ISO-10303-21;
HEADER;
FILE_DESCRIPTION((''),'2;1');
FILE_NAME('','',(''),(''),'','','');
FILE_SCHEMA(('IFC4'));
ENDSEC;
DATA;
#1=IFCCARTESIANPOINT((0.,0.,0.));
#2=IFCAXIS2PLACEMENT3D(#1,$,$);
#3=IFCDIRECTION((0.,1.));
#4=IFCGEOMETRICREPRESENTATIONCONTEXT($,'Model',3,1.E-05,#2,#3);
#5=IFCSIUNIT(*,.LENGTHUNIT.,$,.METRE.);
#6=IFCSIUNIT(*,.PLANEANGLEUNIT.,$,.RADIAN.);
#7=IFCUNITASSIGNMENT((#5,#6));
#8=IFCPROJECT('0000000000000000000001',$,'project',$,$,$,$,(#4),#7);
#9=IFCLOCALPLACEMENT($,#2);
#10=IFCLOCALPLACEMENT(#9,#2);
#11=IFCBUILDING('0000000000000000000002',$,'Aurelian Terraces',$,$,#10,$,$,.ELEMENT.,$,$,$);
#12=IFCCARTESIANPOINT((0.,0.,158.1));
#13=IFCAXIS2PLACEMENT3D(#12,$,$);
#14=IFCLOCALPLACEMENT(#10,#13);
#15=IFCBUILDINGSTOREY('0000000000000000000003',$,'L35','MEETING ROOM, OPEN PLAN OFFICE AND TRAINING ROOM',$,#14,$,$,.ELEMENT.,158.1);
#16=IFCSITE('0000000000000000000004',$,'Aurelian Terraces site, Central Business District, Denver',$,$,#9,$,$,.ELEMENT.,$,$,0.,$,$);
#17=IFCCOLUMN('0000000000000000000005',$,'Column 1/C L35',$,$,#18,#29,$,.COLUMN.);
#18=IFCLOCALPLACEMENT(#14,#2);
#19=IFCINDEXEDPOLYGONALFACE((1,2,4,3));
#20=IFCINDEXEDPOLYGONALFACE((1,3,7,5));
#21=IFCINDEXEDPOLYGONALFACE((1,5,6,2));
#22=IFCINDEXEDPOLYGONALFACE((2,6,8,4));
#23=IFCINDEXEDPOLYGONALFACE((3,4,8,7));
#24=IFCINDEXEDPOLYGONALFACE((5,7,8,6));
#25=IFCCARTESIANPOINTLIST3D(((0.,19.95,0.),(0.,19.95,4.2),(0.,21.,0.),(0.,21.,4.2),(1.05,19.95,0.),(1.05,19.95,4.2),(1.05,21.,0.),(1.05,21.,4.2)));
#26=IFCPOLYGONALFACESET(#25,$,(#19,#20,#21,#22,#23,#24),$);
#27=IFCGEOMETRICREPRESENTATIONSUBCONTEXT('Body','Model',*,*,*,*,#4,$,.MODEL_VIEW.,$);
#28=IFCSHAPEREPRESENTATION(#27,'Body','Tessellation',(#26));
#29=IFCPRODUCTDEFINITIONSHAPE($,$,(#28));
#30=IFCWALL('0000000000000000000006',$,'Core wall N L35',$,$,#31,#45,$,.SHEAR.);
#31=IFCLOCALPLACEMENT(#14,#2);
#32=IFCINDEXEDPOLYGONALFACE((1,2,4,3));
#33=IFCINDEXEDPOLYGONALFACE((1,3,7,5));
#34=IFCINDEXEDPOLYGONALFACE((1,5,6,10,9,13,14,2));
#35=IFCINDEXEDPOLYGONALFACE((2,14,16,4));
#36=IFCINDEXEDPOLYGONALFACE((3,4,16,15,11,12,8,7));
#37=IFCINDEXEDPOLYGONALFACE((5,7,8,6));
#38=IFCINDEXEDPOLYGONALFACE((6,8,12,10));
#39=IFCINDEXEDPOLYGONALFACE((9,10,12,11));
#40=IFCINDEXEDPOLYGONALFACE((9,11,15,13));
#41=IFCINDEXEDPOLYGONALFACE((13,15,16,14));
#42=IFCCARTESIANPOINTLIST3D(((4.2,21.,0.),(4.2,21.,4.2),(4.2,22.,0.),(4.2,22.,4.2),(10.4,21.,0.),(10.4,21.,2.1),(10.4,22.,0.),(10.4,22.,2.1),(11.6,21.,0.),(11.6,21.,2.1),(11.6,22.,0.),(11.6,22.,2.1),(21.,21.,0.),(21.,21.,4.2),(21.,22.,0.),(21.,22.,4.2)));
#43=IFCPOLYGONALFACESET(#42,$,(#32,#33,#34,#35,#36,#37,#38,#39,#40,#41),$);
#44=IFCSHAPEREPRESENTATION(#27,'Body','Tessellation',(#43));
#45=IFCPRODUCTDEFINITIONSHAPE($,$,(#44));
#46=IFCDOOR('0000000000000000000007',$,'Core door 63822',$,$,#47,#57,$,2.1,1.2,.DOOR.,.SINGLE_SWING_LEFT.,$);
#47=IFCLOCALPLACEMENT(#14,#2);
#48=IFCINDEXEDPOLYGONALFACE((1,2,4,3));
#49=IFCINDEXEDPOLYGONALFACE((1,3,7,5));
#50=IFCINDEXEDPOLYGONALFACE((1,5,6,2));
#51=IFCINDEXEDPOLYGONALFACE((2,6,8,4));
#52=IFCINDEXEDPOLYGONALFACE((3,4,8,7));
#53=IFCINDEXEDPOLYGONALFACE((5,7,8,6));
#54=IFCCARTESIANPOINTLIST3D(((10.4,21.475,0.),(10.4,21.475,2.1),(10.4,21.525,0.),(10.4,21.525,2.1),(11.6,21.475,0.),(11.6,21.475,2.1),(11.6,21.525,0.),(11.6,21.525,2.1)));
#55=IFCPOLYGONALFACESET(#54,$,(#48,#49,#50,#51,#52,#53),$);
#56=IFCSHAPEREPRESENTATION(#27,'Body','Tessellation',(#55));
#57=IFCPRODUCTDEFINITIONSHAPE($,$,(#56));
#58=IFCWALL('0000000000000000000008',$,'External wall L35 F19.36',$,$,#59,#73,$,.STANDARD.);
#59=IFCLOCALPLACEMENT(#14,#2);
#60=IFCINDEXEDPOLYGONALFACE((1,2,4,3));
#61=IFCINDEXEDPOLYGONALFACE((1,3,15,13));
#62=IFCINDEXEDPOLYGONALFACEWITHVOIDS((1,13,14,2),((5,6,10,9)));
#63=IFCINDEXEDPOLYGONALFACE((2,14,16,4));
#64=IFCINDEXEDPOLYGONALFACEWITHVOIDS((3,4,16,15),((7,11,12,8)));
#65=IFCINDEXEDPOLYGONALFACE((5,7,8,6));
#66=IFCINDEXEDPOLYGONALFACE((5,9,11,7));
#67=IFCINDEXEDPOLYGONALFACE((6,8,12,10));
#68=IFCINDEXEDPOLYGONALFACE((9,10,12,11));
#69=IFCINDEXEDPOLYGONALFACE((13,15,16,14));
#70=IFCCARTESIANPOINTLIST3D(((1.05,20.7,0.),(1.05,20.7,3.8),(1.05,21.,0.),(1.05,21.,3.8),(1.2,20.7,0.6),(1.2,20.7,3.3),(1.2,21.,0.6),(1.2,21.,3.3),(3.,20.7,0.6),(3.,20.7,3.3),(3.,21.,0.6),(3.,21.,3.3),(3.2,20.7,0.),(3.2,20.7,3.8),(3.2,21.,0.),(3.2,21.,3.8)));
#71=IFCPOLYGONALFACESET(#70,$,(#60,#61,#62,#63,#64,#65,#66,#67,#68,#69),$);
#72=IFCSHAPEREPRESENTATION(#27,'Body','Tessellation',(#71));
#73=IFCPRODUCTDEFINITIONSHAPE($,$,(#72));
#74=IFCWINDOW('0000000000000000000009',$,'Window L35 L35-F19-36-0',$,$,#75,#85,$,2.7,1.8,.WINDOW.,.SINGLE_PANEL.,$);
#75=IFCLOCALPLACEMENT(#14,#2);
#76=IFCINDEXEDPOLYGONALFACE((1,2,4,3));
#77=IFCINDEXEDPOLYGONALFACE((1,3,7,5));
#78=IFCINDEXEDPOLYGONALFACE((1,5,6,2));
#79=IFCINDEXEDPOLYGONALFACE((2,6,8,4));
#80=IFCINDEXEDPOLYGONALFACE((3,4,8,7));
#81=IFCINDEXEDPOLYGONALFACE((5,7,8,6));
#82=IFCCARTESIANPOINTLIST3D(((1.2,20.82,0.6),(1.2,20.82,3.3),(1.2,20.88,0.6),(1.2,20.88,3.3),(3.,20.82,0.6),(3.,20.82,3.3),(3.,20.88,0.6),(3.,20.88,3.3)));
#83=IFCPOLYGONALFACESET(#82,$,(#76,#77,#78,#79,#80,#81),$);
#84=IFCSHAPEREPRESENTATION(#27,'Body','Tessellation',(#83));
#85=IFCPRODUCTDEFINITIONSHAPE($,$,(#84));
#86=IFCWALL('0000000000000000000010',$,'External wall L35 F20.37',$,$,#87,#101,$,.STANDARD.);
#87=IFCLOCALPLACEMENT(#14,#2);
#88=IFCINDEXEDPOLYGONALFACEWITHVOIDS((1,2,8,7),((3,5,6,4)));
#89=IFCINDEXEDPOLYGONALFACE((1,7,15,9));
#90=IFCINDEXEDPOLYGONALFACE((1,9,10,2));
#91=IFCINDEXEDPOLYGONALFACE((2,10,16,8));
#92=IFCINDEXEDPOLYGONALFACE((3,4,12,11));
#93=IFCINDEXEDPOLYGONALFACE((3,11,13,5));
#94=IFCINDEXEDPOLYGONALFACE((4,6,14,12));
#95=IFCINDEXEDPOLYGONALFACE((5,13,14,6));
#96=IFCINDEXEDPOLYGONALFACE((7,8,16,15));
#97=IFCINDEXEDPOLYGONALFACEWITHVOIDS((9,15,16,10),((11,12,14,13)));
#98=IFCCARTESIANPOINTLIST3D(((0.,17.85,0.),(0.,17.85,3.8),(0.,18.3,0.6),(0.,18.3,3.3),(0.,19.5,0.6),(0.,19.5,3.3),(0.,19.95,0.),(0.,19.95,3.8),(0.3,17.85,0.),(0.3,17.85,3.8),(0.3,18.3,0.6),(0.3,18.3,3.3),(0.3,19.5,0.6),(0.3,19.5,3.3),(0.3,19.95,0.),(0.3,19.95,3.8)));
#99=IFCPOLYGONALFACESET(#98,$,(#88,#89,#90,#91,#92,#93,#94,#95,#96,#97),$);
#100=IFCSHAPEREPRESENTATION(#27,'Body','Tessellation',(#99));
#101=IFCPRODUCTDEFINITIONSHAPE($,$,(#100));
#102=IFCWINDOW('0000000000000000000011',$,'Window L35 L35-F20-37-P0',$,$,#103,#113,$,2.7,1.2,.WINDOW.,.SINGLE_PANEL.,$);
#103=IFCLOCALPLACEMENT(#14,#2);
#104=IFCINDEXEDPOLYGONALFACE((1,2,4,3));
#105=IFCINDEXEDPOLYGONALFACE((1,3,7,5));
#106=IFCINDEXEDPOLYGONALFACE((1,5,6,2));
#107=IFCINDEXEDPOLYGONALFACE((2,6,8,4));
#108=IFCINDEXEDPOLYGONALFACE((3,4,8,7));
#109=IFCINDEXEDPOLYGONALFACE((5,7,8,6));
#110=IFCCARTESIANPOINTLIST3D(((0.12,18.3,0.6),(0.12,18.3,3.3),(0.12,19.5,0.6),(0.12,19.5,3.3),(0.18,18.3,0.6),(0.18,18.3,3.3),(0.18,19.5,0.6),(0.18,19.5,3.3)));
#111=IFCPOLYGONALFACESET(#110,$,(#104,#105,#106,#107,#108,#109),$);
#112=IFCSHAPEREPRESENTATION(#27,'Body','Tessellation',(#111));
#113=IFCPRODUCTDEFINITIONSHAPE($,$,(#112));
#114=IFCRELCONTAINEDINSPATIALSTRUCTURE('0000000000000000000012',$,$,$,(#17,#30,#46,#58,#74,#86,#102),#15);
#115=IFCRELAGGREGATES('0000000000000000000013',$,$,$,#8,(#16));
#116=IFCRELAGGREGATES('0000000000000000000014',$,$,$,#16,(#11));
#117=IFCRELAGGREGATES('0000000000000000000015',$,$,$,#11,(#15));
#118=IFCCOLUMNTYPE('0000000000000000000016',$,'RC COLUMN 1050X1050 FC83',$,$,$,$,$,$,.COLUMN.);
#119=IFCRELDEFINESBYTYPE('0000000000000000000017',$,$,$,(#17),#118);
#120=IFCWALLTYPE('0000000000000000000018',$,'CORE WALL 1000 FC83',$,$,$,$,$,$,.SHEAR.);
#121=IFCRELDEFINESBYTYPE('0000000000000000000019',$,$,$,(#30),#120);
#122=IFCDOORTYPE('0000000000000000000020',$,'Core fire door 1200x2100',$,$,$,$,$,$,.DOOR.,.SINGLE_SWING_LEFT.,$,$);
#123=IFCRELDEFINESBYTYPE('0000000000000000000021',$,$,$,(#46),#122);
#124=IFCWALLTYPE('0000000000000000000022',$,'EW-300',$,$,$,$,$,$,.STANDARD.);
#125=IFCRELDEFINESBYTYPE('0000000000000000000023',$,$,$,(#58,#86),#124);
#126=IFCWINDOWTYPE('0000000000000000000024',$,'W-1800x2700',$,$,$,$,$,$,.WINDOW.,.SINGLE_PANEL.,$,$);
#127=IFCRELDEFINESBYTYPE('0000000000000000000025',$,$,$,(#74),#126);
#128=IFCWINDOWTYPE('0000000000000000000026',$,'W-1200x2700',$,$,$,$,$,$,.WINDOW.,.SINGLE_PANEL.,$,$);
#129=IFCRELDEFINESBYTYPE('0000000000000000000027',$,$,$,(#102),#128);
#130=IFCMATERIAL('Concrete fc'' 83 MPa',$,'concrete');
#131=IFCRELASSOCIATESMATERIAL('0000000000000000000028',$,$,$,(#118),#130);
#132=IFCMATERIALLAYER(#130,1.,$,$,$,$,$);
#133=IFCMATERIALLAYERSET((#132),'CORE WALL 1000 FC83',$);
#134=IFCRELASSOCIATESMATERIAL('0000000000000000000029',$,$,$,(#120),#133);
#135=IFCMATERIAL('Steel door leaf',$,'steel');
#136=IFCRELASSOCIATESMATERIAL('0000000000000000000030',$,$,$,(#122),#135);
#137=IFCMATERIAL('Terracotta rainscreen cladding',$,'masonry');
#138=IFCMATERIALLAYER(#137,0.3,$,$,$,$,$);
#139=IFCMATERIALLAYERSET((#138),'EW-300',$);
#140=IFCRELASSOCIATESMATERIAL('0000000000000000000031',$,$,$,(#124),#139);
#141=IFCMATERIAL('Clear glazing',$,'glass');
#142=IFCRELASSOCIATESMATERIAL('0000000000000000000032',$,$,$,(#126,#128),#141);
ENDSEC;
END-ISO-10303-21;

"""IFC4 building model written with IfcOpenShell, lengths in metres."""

from ifc_helpers import new_model, si_unit, direction, frame, frame_2d, origin, origin_2d, place, context, subcontext, project, spatial, rectangle, extrude, source, transform, mapped, material, layer, layer_set, material_profile, profile_set, type_object, element, fill, save


model = new_model("IFC4")

# Units and contexts
model_context = context("Model", 3, precision=1e-05, world=origin(), true_north=direction((0.0, 1.0)))
body_context = subcontext(model_context, "Body", "Model", "MODEL_VIEW")
ifc_project = project(units=[si_unit("LENGTHUNIT", "METRE"), si_unit("PLANEANGLEUNIT", "RADIAN")], contexts=[model_context])

# Site, building, storey
site_placement = place(None, origin())
site = spatial("IfcSite", under=ifc_project, at=site_placement, Name="Aurelian Terraces site, Central Business District, Denver", CompositionType="ELEMENT", RefElevation=0.0)
building_placement = place(site_placement, origin())
building = spatial("IfcBuilding", under=site, at=building_placement, Name="Aurelian Terraces", CompositionType="ELEMENT")
storey_placement = place(building_placement, frame((0.0, 0.0, 158.1)))
storey = spatial("IfcBuildingStorey", under=building, at=storey_placement, Name="L35", Description="MEETING ROOM, OPEN PLAN OFFICE AND TRAINING ROOM", CompositionType="ELEMENT", Elevation=158.1)

# Column
ifc_material_1 = material(Name="Concrete fc' 83 MPa", Category="concrete")
ifc_material_profile = material_profile(ifc_material_1, rectangle(XDim=1.05, YDim=1.05, at=origin_2d()))
ifc_profile_set = profile_set([ifc_material_profile], Name="Concrete fc' 83 MPa")
column_type = type_object("IfcColumnType", Name="RC COLUMN 1050X1050 FC83", PredefinedType="COLUMN", material=ifc_profile_set)
shared_shape_1 = source(origin(), body_context, "Body", "SweptSolid", [
    extrude(rectangle(XDim=1.05, YDim=1.05, at=origin_2d()), origin(), (0.0, 0.0, 1.0), 4.2),
])
column_placement = place(storey_placement, frame((0.525, 20.475, 0.0), z_axis=(0.0, 0.0, 1.0), x_axis=(1.0, 0.0, 0.0)))
element("IfcColumn", 1, at=column_placement, inside=storey, type_object=column_type, Name="Column 1/C L35", PredefinedType="COLUMN", context=body_context, shape_type="MappedRepresentation", body=[
    mapped(shared_shape_1, transform((0.0, 0.0, 0.0), scale=1.0)),
])

# Wall, opening, door
ifc_layer_1 = layer(ifc_material_1, 1.0)
ifc_layer_set_1 = layer_set([ifc_layer_1], Name="CORE WALL 1000 FC83")
wall_type_1 = type_object("IfcWallType", Name="CORE WALL 1000 FC83", PredefinedType="SHEAR", material=ifc_layer_set_1)
shared_shape_2 = source(origin(), body_context, "Body", "SweptSolid", [
    extrude(rectangle(XDim=16.8, YDim=1.0, at=frame_2d((8.4, 0.0))), origin(), (0.0, 0.0, 1.0), 4.2),
])
wall_1_placement = place(storey_placement, frame((4.2, 21.5, 0.0), z_axis=(0.0, 0.0, 1.0), x_axis=(1.0, 0.0, 0.0)))
wall_1 = element("IfcWall", 2, at=wall_1_placement, inside=storey, type_object=wall_type_1, Name="Core wall N L35", PredefinedType="SHEAR", context=body_context, shape_type="MappedRepresentation", body=[
    mapped(shared_shape_2, transform((0.0, 0.0, 0.0), scale=1.0)),
])
shared_shape_3 = source(origin(), body_context, "Body", "SweptSolid", [
    extrude(rectangle(XDim=1.2, YDim=2.1, at=frame_2d((0.6, 1.05))), frame((0.0, 0.51, 0.0), z_axis=(0.0, -1.0, 0.0), x_axis=(1.0, 0.0, 0.0)), (0.0, 0.0, 1.0), 1.02),
])
opening_1_placement = place(wall_1_placement, frame((6.2, 0.0, 0.0)))
opening_1 = element("IfcOpeningElement", 3, at=opening_1_placement, cuts=wall_1, PredefinedType="OPENING", context=body_context, shape_type="MappedRepresentation", body=[
    mapped(shared_shape_3, transform((0.0, 0.0, 0.0), scale=1.0)),
])
ifc_material_2 = material(Name="Steel door leaf", Category="steel")
door_type_1 = type_object("IfcDoorType", Name="Core fire door 1200x2100", OperationType="SINGLE_SWING_LEFT", PredefinedType="DOOR", material=ifc_material_2)
shared_shape_4 = source(origin(), body_context, "Body", "SweptSolid", [
    extrude(rectangle(XDim=1.2, YDim=2.1, at=frame_2d((0.6, 1.05))), frame((0.0, 0.025, 0.0), z_axis=(0.0, -1.0, 0.0), x_axis=(1.0, 0.0, 0.0)), (0.0, 0.0, 1.0), 0.05),
])
door_1_placement = place(opening_1_placement, origin())
door_1 = element("IfcDoor", 4, at=door_1_placement, inside=storey, type_object=door_type_1, Name="Core door 63822", OperationType="SINGLE_SWING_LEFT", OverallHeight=2.1, OverallWidth=1.2, PredefinedType="DOOR", context=body_context, shape_type="MappedRepresentation", body=[
    mapped(shared_shape_4, transform((0.0, 0.0, 0.0), scale=1.0)),
])
fill(opening_1, door_1)

# Walls, openings, windows
ifc_material_3 = material(Name="Terracotta rainscreen cladding", Category="masonry")
ifc_layer_2 = layer(ifc_material_3, 0.3)
ifc_layer_set_2 = layer_set([ifc_layer_2], Name="EW-300")
wall_type_2 = type_object("IfcWallType", Name="EW-300", PredefinedType="STANDARD", material=ifc_layer_set_2)
shared_shape_5 = source(origin(), body_context, "Body", "SweptSolid", [
    extrude(rectangle(XDim=2.15, YDim=0.3, at=frame_2d((1.075, 0.0))), origin(), (0.0, 0.0, 1.0), 3.8),
])
wall_2_placement = place(storey_placement, frame((3.2, 20.85, 0.0), z_axis=(0.0, 0.0, 1.0), x_axis=(-1.0, 0.0, 0.0)))
wall_2 = element("IfcWall", 5, at=wall_2_placement, inside=storey, type_object=wall_type_2, Name="External wall L35 F19.36", PredefinedType="STANDARD", context=body_context, shape_type="MappedRepresentation", body=[
    mapped(shared_shape_5, transform((0.0, 0.0, 0.0), scale=1.0)),
])
shared_shape_6 = source(origin(), body_context, "Body", "SweptSolid", [
    extrude(rectangle(XDim=1.8, YDim=2.7, at=frame_2d((0.9, 1.35))), frame((0.0, 0.16, 0.0), z_axis=(0.0, -1.0, 0.0), x_axis=(1.0, 0.0, 0.0)), (0.0, 0.0, 1.0), 0.32),
])
opening_2_placement = place(wall_2_placement, frame((0.2, 0.0, 0.6)))
opening_2 = element("IfcOpeningElement", 6, at=opening_2_placement, cuts=wall_2, PredefinedType="OPENING", context=body_context, shape_type="MappedRepresentation", body=[
    mapped(shared_shape_6, transform((0.0, 0.0, 0.0), scale=1.0)),
])
ifc_material_4 = material(Name="Clear glazing", Category="glass")
window_type_1 = type_object("IfcWindowType", Name="W-1800x2700", PartitioningType="SINGLE_PANEL", PredefinedType="WINDOW", material=ifc_material_4)
shared_shape_7 = source(origin(), body_context, "Body", "SweptSolid", [
    extrude(rectangle(XDim=1.8, YDim=2.7, at=frame_2d((0.9, 1.35))), frame((0.0, 0.03, 0.0), z_axis=(0.0, -1.0, 0.0), x_axis=(1.0, 0.0, 0.0)), (0.0, 0.0, 1.0), 0.06),
])
window_1_placement = place(opening_2_placement, origin())
window_1 = element("IfcWindow", 7, at=window_1_placement, inside=storey, type_object=window_type_1, Name="Window L35 L35-F19-36-0", OverallHeight=2.7, OverallWidth=1.8, PartitioningType="SINGLE_PANEL", PredefinedType="WINDOW", context=body_context, shape_type="MappedRepresentation", body=[
    mapped(shared_shape_7, transform((0.0, 0.0, 0.0), scale=1.0)),
])
fill(opening_2, window_1)
shared_shape_8 = source(origin(), body_context, "Body", "SweptSolid", [
    extrude(rectangle(XDim=2.1, YDim=0.3, at=frame_2d((1.05, 0.0))), origin(), (0.0, 0.0, 1.0), 3.8),
])
wall_3_placement = place(storey_placement, frame((0.15, 19.95, 0.0), z_axis=(0.0, 0.0, 1.0), x_axis=(0.0, -1.0, 0.0)))
wall_3 = element("IfcWall", 8, at=wall_3_placement, inside=storey, type_object=wall_type_2, Name="External wall L35 F20.37", PredefinedType="STANDARD", context=body_context, shape_type="MappedRepresentation", body=[
    mapped(shared_shape_8, transform((0.0, 0.0, 0.0), scale=1.0)),
])
shared_shape_9 = source(origin(), body_context, "Body", "SweptSolid", [
    extrude(rectangle(XDim=1.2, YDim=2.7, at=frame_2d((0.6, 1.35))), frame((0.0, 0.16, 0.0), z_axis=(0.0, -1.0, 0.0), x_axis=(1.0, 0.0, 0.0)), (0.0, 0.0, 1.0), 0.32),
])
opening_3_placement = place(wall_3_placement, frame((0.45, 0.0, 0.6)))
opening_3 = element("IfcOpeningElement", 9, at=opening_3_placement, cuts=wall_3, PredefinedType="OPENING", context=body_context, shape_type="MappedRepresentation", body=[
    mapped(shared_shape_9, transform((0.0, 0.0, 0.0), scale=1.0)),
])
window_type_2 = type_object("IfcWindowType", Name="W-1200x2700", PartitioningType="SINGLE_PANEL", PredefinedType="WINDOW", material=ifc_material_4)
shared_shape_10 = source(origin(), body_context, "Body", "SweptSolid", [
    extrude(rectangle(XDim=1.2, YDim=2.7, at=frame_2d((0.6, 1.35))), frame((0.0, 0.03, 0.0), z_axis=(0.0, -1.0, 0.0), x_axis=(1.0, 0.0, 0.0)), (0.0, 0.0, 1.0), 0.06),
])
window_2_placement = place(opening_3_placement, origin())
window_2 = element("IfcWindow", 10, at=window_2_placement, inside=storey, type_object=window_type_2, Name="Window L35 L35-F20-37-P0", OverallHeight=2.7, OverallWidth=1.2, PartitioningType="SINGLE_PANEL", PredefinedType="WINDOW", context=body_context, shape_type="MappedRepresentation", body=[
    mapped(shared_shape_10, transform((0.0, 0.0, 0.0), scale=1.0)),
])
fill(opening_3, window_2)

save(model, "model.ifc")
